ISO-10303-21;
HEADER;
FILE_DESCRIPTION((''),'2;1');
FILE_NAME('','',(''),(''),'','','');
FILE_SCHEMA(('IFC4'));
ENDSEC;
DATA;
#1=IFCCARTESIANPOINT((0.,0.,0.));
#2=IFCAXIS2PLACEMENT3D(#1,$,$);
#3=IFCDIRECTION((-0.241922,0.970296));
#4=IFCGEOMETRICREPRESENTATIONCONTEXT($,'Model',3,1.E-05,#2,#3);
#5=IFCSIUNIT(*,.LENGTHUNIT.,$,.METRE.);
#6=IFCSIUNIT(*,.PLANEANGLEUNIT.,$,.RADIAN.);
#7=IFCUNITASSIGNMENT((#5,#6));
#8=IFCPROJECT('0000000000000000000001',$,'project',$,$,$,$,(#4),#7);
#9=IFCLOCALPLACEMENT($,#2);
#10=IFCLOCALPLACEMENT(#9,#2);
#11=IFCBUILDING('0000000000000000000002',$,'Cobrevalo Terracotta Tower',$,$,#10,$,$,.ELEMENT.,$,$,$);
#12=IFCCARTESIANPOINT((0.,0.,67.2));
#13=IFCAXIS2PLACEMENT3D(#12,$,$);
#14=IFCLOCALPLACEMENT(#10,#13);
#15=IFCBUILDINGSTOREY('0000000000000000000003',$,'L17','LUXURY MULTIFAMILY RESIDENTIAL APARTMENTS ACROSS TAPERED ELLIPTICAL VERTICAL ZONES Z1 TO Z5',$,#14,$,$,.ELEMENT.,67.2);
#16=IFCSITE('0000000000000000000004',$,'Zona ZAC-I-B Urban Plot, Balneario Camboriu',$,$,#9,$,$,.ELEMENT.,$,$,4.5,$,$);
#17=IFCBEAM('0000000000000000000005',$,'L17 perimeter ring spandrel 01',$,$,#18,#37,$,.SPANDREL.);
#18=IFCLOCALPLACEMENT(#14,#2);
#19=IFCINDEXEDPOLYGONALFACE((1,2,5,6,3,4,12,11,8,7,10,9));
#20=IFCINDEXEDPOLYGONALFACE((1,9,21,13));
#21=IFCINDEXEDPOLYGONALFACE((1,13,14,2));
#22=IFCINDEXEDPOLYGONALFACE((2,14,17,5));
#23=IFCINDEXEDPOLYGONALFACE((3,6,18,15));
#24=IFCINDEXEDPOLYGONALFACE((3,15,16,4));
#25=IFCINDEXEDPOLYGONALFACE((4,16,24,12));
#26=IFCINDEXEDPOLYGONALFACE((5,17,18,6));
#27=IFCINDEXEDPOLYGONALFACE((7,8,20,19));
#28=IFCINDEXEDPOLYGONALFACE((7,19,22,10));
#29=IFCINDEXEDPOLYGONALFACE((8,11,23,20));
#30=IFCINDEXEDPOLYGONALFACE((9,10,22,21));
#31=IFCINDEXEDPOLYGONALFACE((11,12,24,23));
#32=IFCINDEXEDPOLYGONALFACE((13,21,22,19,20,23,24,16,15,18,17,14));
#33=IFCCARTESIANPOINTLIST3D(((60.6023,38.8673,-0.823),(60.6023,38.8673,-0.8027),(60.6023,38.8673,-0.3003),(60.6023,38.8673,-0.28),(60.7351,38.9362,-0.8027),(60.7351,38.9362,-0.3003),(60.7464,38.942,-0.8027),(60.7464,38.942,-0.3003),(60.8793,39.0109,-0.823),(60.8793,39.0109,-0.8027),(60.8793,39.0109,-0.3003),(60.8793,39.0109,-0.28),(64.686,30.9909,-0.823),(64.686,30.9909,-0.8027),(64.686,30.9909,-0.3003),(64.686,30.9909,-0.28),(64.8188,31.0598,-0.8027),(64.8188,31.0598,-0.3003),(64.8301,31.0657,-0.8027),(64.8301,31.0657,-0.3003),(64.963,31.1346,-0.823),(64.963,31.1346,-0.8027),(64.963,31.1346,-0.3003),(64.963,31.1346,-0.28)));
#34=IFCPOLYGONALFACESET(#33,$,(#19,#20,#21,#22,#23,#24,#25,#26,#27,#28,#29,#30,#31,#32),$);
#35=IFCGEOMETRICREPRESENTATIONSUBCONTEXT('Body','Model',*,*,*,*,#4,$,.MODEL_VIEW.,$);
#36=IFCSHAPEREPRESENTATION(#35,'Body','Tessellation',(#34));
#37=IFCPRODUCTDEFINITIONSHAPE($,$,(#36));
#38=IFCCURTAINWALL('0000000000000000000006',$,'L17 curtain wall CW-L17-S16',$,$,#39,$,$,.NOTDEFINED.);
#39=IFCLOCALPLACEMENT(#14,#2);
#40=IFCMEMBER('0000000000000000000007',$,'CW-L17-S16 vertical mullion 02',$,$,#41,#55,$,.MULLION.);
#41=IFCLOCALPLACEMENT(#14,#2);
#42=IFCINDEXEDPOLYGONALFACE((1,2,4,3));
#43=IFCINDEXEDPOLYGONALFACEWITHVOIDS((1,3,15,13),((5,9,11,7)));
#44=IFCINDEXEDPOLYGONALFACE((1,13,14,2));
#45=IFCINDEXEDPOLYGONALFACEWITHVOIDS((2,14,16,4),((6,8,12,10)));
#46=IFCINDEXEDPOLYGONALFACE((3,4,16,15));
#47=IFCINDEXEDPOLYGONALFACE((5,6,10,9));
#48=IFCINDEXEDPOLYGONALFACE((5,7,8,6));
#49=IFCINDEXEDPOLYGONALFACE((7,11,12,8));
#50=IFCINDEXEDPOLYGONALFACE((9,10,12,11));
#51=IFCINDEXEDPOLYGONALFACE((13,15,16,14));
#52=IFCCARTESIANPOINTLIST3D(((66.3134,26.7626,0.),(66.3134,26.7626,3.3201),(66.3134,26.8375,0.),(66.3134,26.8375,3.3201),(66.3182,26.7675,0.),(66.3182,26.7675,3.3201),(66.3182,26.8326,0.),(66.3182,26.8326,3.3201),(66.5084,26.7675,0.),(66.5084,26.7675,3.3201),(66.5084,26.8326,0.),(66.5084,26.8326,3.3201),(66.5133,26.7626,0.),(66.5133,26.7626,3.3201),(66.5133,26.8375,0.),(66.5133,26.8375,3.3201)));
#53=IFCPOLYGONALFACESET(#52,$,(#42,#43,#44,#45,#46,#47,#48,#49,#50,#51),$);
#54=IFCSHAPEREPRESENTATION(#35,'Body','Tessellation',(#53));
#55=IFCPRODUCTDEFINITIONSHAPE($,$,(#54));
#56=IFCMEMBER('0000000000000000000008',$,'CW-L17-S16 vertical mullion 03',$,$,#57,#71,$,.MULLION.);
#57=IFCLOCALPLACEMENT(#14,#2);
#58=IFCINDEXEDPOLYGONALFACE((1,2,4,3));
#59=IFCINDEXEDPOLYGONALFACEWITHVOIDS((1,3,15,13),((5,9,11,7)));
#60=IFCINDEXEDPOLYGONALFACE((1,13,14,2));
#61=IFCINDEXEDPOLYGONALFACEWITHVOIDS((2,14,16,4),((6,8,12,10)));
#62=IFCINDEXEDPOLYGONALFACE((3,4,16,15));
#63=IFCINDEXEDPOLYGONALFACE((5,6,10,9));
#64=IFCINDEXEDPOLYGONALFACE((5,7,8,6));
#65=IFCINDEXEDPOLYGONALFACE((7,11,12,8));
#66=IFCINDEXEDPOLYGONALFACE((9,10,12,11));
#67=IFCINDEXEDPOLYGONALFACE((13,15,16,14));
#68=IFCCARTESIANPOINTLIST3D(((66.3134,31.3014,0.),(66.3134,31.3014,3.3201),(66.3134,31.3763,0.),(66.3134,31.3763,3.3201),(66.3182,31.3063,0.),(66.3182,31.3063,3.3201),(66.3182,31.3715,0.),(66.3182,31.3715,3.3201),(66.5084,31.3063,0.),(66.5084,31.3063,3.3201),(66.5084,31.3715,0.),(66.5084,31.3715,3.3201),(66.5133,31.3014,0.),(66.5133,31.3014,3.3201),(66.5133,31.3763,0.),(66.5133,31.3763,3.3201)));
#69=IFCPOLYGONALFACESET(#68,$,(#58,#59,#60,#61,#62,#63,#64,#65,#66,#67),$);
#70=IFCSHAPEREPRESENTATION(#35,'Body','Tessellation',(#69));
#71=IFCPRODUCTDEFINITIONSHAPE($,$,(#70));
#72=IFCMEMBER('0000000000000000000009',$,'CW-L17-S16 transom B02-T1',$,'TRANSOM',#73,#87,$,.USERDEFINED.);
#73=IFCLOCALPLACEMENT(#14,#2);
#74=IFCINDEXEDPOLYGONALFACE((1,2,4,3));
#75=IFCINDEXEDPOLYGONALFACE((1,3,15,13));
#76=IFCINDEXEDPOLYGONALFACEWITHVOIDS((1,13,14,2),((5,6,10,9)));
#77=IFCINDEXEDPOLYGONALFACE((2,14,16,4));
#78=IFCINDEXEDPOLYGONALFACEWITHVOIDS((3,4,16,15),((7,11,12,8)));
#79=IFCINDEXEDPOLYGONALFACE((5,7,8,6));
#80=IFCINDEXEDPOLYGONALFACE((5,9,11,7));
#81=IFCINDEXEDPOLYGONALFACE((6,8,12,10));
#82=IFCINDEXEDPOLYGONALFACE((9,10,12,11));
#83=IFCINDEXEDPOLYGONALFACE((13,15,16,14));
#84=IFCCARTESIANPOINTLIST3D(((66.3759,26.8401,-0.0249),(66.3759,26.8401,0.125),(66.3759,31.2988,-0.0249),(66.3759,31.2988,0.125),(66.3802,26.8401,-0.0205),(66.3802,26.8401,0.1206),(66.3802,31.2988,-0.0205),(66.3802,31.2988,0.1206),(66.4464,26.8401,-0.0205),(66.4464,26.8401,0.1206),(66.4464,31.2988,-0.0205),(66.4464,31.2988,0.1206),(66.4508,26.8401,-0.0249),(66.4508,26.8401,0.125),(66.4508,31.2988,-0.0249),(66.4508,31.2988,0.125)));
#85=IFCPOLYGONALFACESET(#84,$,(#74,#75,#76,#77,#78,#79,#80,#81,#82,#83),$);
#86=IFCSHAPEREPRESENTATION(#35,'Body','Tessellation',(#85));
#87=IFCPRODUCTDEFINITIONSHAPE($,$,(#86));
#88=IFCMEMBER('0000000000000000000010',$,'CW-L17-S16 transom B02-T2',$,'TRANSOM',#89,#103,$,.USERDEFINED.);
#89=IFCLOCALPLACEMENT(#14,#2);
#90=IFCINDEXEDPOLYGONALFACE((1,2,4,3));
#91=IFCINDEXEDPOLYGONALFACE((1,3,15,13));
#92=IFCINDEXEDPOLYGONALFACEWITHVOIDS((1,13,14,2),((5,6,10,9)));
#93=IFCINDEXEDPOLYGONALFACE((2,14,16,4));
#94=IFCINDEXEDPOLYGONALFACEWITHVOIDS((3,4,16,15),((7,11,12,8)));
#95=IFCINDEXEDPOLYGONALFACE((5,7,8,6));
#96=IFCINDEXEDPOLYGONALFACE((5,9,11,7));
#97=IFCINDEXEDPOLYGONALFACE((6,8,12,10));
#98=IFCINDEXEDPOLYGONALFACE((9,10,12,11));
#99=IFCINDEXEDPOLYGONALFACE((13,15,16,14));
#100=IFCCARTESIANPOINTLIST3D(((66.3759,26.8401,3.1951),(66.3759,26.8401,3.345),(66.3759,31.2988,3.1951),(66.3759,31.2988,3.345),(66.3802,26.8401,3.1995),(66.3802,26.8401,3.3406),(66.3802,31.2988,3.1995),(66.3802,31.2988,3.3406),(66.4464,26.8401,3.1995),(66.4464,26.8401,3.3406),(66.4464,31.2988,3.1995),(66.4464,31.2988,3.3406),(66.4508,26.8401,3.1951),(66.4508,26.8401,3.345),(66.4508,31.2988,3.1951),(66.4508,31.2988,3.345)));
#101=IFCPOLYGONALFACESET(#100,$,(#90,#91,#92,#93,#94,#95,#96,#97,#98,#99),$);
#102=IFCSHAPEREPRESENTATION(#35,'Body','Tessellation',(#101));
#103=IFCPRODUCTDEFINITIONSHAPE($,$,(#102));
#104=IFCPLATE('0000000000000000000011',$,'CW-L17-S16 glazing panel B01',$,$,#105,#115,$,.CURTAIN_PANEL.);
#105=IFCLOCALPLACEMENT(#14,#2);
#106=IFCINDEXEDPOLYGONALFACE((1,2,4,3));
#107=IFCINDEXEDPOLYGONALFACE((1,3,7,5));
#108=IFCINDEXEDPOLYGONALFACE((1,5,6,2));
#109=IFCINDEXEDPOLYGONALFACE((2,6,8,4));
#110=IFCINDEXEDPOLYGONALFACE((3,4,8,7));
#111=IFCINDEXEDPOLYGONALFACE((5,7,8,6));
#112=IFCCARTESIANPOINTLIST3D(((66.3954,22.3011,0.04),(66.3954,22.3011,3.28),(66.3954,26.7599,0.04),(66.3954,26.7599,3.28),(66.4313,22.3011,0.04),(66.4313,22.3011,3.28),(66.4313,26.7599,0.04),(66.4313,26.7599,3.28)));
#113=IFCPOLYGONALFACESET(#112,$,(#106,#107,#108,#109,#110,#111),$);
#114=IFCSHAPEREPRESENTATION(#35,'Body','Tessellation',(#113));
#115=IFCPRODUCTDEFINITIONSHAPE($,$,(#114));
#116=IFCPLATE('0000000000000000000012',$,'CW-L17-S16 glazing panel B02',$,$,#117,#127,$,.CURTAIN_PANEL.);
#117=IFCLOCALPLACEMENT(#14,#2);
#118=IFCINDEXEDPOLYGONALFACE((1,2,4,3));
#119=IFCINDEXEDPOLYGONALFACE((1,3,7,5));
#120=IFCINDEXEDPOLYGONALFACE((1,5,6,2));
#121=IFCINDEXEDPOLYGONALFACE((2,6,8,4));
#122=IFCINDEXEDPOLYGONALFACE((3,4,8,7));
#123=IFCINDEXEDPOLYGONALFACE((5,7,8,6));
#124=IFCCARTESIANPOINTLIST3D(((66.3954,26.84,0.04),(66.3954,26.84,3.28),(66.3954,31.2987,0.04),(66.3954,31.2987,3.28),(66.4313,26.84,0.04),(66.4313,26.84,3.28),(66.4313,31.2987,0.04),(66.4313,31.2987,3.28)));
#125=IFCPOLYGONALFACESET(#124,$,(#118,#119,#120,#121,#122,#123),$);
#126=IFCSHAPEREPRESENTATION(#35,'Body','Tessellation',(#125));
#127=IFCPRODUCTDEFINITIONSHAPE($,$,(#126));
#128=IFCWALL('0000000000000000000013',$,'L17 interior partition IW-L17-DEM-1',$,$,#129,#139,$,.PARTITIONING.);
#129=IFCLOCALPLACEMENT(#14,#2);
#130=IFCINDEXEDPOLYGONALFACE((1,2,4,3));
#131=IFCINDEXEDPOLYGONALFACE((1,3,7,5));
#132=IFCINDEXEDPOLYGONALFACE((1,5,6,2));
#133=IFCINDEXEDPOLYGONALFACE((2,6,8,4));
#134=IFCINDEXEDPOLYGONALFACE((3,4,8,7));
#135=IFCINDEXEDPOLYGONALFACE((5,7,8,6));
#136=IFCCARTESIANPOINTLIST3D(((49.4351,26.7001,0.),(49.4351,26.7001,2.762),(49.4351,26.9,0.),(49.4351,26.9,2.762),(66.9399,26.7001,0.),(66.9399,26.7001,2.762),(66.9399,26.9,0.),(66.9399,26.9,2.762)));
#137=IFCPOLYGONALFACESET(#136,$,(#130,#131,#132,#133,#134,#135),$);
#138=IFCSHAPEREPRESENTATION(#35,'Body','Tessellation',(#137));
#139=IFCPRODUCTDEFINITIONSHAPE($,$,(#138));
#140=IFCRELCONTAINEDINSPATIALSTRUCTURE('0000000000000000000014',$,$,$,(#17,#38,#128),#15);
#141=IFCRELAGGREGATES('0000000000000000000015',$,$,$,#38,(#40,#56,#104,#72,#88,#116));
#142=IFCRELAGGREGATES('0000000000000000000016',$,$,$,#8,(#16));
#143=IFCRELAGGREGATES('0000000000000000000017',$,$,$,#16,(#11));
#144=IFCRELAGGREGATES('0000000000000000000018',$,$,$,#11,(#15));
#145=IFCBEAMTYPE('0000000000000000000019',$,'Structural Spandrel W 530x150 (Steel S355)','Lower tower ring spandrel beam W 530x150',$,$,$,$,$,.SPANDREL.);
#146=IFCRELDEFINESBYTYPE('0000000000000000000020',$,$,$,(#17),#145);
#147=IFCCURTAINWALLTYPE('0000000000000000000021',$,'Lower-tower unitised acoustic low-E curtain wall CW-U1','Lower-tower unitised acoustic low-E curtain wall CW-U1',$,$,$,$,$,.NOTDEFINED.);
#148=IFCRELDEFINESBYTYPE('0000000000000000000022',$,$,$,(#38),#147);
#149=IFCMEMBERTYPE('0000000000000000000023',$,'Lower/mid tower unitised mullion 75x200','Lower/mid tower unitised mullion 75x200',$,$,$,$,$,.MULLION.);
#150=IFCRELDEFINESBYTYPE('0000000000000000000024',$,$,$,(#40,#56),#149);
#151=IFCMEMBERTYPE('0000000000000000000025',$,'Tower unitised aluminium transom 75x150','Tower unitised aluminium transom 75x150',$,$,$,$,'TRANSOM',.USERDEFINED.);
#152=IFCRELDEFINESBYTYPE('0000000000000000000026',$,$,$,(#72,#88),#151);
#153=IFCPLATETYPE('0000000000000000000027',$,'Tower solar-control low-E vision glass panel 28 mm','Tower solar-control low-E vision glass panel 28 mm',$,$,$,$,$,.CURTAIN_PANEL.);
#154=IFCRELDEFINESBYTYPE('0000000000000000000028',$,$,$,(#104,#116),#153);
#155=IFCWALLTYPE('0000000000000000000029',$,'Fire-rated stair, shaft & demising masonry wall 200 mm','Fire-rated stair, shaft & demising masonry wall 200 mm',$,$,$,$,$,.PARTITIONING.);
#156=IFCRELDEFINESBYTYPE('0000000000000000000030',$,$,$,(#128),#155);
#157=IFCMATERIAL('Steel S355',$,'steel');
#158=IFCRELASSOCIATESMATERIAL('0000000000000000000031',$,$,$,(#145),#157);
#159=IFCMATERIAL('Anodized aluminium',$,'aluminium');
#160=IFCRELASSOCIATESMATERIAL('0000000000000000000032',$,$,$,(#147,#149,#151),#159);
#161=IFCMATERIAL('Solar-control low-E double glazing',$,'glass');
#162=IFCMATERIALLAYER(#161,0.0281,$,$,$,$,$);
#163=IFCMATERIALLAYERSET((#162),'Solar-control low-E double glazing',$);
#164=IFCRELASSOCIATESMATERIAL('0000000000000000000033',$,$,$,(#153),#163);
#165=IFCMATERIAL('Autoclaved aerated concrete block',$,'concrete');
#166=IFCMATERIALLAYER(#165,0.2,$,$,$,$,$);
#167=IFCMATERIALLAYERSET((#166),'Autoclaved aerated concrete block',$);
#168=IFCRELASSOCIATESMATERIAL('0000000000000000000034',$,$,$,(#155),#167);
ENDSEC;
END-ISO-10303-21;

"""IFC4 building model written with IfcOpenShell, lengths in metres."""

from ifc_helpers import new_model, si_unit, direction, frame, frame_2d, origin, origin_2d, place, context, subcontext, project, spatial, rectangle, hollow_rectangle, i_section, extrude, source, transform, mapped, material, layer, layer_set, material_profile, profile_set, type_object, element, aggregate, save


model = new_model("IFC4")

# Units and contexts
model_context = context("Model", 3, precision=1e-05, world=origin(), true_north=direction((-0.241922, 0.970296)))
body_context = subcontext(model_context, "Body", "Model", "MODEL_VIEW")
ifc_project = project(units=[si_unit("LENGTHUNIT", "METRE"), si_unit("PLANEANGLEUNIT", "RADIAN")], contexts=[model_context])

# Site, building, storey
site_placement = place(None, origin())
site = spatial("IfcSite", under=ifc_project, at=site_placement, Name="Zona ZAC-I-B Urban Plot, Balneario Camboriu", CompositionType="ELEMENT", RefElevation=4.5)
building_placement = place(site_placement, origin())
building = spatial("IfcBuilding", under=site, at=building_placement, Name="Cobrevalo Terracotta Tower", CompositionType="ELEMENT")
storey_placement = place(building_placement, frame((0.0, 0.0, 67.2)))
storey = spatial("IfcBuildingStorey", under=building, at=storey_placement, Name="L17", Description="LUXURY MULTIFAMILY RESIDENTIAL APARTMENTS ACROSS TAPERED ELLIPTICAL VERTICAL ZONES Z1 TO Z5", CompositionType="ELEMENT", Elevation=67.2)

# Shared definitions
ifc_material_1 = material(Name="Steel S355", Category="steel")

# Beam
ifc_material_profile_1 = material_profile(ifc_material_1, i_section(OverallWidth=0.312, OverallDepth=0.543, WebThickness=0.0127, FlangeThickness=0.0203, at=origin_2d()), Name="W 530x150")
ifc_profile_set_1 = profile_set([ifc_material_profile_1], Name="Steel S355")
beam_type_1 = type_object("IfcBeamType", Name="Structural Spandrel W 530x150 (Steel S355)", Description="Lower tower ring spandrel beam W 530x150", PredefinedType="SPANDREL", material=ifc_profile_set_1)
beam_1_placement = place(storey_placement, frame((64.8245, 31.0627, -0.5515), z_axis=(-0.460286, 0.887771, 0.0), x_axis=(-0.887771, -0.460286, 0.0)))
element("IfcBeam", 1, at=beam_1_placement, inside=storey, type_object=beam_type_1, Name="L17 perimeter ring spandrel 01", PredefinedType="SPANDREL", context=body_context, shape_type="SweptSolid", body=[
    extrude(i_section(OverallWidth=0.312, OverallDepth=0.543, WebThickness=0.0127, FlangeThickness=0.0203, at=origin_2d()), origin(), (0.0, 0.0, 1.0), 8.8721),
])

# Curtain wall, members, plates
ifc_material_2 = material(Name="Anodized aluminium", Category="aluminium")
curtain_wall_type = type_object("IfcCurtainWallType", Name="Lower-tower unitised acoustic low-E curtain wall CW-U1", Description="Lower-tower unitised acoustic low-E curtain wall CW-U1", PredefinedType="NOTDEFINED", material=ifc_material_2)
curtain_wall_placement = place(storey_placement, origin())
curtain_wall = element("IfcCurtainWall", 2, at=curtain_wall_placement, inside=storey, type_object=curtain_wall_type, Name="L17 curtain wall CW-L17-S16", PredefinedType="NOTDEFINED")
ifc_material_profile_2 = material_profile(ifc_material_2, hollow_rectangle(XDim=0.075, YDim=0.2, WallThickness=0.0049, at=origin_2d()), Name="CWM 75x200")
ifc_profile_set_2 = profile_set([ifc_material_profile_2], Name="Anodized aluminium")
member_type_1 = type_object("IfcMemberType", Name="Lower/mid tower unitised mullion 75x200", Description="Lower/mid tower unitised mullion 75x200", PredefinedType="MULLION", material=ifc_profile_set_2)
shared_shape_1 = source(origin(), body_context, "Body", "SweptSolid", [
    extrude(hollow_rectangle(XDim=0.075, YDim=0.2, WallThickness=0.0049, at=origin_2d()), origin(), (0.0, 0.0, 1.0), 3.3201),
])
member_1_placement = place(storey_placement, frame((66.4133, 26.8, 0.0), z_axis=(0.0, 0.0, 1.0), x_axis=(0.0, 1.0, 0.0)))
member_1 = element("IfcMember", 3, at=member_1_placement, type_object=member_type_1, Name="CW-L17-S16 vertical mullion 02", PredefinedType="MULLION", context=body_context, shape_type="MappedRepresentation", body=[
    mapped(shared_shape_1, transform((0.0, 0.0, 0.0), scale=1.0)),
])
member_2_placement = place(storey_placement, frame((66.4133, 31.3389, 0.0), z_axis=(0.0, 0.0, 1.0), x_axis=(0.0, 1.0, 0.0)))
member_2 = element("IfcMember", 4, at=member_2_placement, type_object=member_type_1, Name="CW-L17-S16 vertical mullion 03", PredefinedType="MULLION", context=body_context, shape_type="MappedRepresentation", body=[
    mapped(shared_shape_1, transform((0.0, 0.0, 0.0), scale=1.0)),
])
ifc_material_profile_3 = material_profile(ifc_material_2, hollow_rectangle(XDim=0.075, YDim=0.1499, WallThickness=0.0044, at=origin_2d()), Name="CWT 75x150")
ifc_profile_set_3 = profile_set([ifc_material_profile_3], Name="Anodized aluminium")
member_type_2 = type_object("IfcMemberType", Name="Tower unitised aluminium transom 75x150", Description="Tower unitised aluminium transom 75x150", ElementType="TRANSOM", PredefinedType="USERDEFINED", material=ifc_profile_set_3)
shared_shape_2 = source(origin(), body_context, "Body", "SweptSolid", [
    extrude(hollow_rectangle(XDim=0.075, YDim=0.1499, WallThickness=0.0044, at=origin_2d()), origin(), (0.0, 0.0, 1.0), 4.4587),
])
member_3_placement = place(storey_placement, frame((66.4133, 26.8401, 0.05), z_axis=(0.0, 1.0, 0.0), x_axis=(-1.0, 0.0, 0.0)))
member_3 = element("IfcMember", 5, at=member_3_placement, type_object=member_type_2, Name="CW-L17-S16 transom B02-T1", ObjectType="TRANSOM", PredefinedType="USERDEFINED", context=body_context, shape_type="MappedRepresentation", body=[
    mapped(shared_shape_2, transform((0.0, 0.0, 0.0), scale=1.0)),
])
member_4_placement = place(storey_placement, frame((66.4133, 26.8401, 3.27), z_axis=(0.0, 1.0, 0.0), x_axis=(-1.0, 0.0, 0.0)))
member_4 = element("IfcMember", 6, at=member_4_placement, type_object=member_type_2, Name="CW-L17-S16 transom B02-T2", ObjectType="TRANSOM", PredefinedType="USERDEFINED", context=body_context, shape_type="MappedRepresentation", body=[
    mapped(shared_shape_2, transform((0.0, 0.0, 0.0), scale=1.0)),
])
ifc_material_3 = material(Name="Solar-control low-E double glazing", Category="glass")
ifc_layer_1 = layer(ifc_material_3, 0.0281)
ifc_layer_set_1 = layer_set([ifc_layer_1], Name="Solar-control low-E double glazing")
plate_type = type_object("IfcPlateType", Name="Tower solar-control low-E vision glass panel 28 mm", Description="Tower solar-control low-E vision glass panel 28 mm", PredefinedType="CURTAIN_PANEL", material=ifc_layer_set_1)
shared_shape_3 = source(origin(), body_context, "Body", "SweptSolid", [
    extrude(rectangle(XDim=4.4587, YDim=0.0359, at=origin_2d()), origin(), (0.0, 0.0, 1.0), 3.24),
])
plate_1_placement = place(storey_placement, frame((66.4133, 24.5305, 0.04), z_axis=(0.0, 0.0, 1.0), x_axis=(0.0, 1.0, 0.0)))
plate_1 = element("IfcPlate", 7, at=plate_1_placement, type_object=plate_type, Name="CW-L17-S16 glazing panel B01", PredefinedType="CURTAIN_PANEL", context=body_context, shape_type="MappedRepresentation", body=[
    mapped(shared_shape_3, transform((0.0, 0.0, 0.0), scale=1.0)),
])
plate_2_placement = place(storey_placement, frame((66.4133, 29.0693, 0.04), z_axis=(0.0, 0.0, 1.0), x_axis=(0.0, 1.0, 0.0)))
plate_2 = element("IfcPlate", 8, at=plate_2_placement, type_object=plate_type, Name="CW-L17-S16 glazing panel B02", PredefinedType="CURTAIN_PANEL", context=body_context, shape_type="MappedRepresentation", body=[
    mapped(shared_shape_3, transform((0.0, 0.0, 0.0), scale=1.0)),
])
aggregate(curtain_wall, [member_1, member_2, plate_1, member_3, member_4, plate_2])

# Wall
ifc_material_4 = material(Name="Autoclaved aerated concrete block", Category="concrete")
ifc_layer_2 = layer(ifc_material_4, 0.2)
ifc_layer_set_2 = layer_set([ifc_layer_2], Name="Autoclaved aerated concrete block")
wall_type_1 = type_object("IfcWallType", Name="Fire-rated stair, shaft & demising masonry wall 200 mm", Description="Fire-rated stair, shaft & demising masonry wall 200 mm", PredefinedType="PARTITIONING", material=ifc_layer_set_2)
wall_1_placement = place(storey_placement, frame((49.4351, 26.8, 0.0), z_axis=(0.0, 0.0, 1.0), x_axis=(1.0, 0.0, 0.0)))
element("IfcWall", 9, at=wall_1_placement, inside=storey, type_object=wall_type_1, Name="L17 interior partition IW-L17-DEM-1", PredefinedType="PARTITIONING", context=body_context, shape_type="SweptSolid", body=[
    extrude(rectangle(XDim=17.5049, YDim=0.2, at=frame_2d((8.7524, 0.0))), origin(), (0.0, 0.0, 1.0), 2.762),
])

save(model, "model.ifc")
